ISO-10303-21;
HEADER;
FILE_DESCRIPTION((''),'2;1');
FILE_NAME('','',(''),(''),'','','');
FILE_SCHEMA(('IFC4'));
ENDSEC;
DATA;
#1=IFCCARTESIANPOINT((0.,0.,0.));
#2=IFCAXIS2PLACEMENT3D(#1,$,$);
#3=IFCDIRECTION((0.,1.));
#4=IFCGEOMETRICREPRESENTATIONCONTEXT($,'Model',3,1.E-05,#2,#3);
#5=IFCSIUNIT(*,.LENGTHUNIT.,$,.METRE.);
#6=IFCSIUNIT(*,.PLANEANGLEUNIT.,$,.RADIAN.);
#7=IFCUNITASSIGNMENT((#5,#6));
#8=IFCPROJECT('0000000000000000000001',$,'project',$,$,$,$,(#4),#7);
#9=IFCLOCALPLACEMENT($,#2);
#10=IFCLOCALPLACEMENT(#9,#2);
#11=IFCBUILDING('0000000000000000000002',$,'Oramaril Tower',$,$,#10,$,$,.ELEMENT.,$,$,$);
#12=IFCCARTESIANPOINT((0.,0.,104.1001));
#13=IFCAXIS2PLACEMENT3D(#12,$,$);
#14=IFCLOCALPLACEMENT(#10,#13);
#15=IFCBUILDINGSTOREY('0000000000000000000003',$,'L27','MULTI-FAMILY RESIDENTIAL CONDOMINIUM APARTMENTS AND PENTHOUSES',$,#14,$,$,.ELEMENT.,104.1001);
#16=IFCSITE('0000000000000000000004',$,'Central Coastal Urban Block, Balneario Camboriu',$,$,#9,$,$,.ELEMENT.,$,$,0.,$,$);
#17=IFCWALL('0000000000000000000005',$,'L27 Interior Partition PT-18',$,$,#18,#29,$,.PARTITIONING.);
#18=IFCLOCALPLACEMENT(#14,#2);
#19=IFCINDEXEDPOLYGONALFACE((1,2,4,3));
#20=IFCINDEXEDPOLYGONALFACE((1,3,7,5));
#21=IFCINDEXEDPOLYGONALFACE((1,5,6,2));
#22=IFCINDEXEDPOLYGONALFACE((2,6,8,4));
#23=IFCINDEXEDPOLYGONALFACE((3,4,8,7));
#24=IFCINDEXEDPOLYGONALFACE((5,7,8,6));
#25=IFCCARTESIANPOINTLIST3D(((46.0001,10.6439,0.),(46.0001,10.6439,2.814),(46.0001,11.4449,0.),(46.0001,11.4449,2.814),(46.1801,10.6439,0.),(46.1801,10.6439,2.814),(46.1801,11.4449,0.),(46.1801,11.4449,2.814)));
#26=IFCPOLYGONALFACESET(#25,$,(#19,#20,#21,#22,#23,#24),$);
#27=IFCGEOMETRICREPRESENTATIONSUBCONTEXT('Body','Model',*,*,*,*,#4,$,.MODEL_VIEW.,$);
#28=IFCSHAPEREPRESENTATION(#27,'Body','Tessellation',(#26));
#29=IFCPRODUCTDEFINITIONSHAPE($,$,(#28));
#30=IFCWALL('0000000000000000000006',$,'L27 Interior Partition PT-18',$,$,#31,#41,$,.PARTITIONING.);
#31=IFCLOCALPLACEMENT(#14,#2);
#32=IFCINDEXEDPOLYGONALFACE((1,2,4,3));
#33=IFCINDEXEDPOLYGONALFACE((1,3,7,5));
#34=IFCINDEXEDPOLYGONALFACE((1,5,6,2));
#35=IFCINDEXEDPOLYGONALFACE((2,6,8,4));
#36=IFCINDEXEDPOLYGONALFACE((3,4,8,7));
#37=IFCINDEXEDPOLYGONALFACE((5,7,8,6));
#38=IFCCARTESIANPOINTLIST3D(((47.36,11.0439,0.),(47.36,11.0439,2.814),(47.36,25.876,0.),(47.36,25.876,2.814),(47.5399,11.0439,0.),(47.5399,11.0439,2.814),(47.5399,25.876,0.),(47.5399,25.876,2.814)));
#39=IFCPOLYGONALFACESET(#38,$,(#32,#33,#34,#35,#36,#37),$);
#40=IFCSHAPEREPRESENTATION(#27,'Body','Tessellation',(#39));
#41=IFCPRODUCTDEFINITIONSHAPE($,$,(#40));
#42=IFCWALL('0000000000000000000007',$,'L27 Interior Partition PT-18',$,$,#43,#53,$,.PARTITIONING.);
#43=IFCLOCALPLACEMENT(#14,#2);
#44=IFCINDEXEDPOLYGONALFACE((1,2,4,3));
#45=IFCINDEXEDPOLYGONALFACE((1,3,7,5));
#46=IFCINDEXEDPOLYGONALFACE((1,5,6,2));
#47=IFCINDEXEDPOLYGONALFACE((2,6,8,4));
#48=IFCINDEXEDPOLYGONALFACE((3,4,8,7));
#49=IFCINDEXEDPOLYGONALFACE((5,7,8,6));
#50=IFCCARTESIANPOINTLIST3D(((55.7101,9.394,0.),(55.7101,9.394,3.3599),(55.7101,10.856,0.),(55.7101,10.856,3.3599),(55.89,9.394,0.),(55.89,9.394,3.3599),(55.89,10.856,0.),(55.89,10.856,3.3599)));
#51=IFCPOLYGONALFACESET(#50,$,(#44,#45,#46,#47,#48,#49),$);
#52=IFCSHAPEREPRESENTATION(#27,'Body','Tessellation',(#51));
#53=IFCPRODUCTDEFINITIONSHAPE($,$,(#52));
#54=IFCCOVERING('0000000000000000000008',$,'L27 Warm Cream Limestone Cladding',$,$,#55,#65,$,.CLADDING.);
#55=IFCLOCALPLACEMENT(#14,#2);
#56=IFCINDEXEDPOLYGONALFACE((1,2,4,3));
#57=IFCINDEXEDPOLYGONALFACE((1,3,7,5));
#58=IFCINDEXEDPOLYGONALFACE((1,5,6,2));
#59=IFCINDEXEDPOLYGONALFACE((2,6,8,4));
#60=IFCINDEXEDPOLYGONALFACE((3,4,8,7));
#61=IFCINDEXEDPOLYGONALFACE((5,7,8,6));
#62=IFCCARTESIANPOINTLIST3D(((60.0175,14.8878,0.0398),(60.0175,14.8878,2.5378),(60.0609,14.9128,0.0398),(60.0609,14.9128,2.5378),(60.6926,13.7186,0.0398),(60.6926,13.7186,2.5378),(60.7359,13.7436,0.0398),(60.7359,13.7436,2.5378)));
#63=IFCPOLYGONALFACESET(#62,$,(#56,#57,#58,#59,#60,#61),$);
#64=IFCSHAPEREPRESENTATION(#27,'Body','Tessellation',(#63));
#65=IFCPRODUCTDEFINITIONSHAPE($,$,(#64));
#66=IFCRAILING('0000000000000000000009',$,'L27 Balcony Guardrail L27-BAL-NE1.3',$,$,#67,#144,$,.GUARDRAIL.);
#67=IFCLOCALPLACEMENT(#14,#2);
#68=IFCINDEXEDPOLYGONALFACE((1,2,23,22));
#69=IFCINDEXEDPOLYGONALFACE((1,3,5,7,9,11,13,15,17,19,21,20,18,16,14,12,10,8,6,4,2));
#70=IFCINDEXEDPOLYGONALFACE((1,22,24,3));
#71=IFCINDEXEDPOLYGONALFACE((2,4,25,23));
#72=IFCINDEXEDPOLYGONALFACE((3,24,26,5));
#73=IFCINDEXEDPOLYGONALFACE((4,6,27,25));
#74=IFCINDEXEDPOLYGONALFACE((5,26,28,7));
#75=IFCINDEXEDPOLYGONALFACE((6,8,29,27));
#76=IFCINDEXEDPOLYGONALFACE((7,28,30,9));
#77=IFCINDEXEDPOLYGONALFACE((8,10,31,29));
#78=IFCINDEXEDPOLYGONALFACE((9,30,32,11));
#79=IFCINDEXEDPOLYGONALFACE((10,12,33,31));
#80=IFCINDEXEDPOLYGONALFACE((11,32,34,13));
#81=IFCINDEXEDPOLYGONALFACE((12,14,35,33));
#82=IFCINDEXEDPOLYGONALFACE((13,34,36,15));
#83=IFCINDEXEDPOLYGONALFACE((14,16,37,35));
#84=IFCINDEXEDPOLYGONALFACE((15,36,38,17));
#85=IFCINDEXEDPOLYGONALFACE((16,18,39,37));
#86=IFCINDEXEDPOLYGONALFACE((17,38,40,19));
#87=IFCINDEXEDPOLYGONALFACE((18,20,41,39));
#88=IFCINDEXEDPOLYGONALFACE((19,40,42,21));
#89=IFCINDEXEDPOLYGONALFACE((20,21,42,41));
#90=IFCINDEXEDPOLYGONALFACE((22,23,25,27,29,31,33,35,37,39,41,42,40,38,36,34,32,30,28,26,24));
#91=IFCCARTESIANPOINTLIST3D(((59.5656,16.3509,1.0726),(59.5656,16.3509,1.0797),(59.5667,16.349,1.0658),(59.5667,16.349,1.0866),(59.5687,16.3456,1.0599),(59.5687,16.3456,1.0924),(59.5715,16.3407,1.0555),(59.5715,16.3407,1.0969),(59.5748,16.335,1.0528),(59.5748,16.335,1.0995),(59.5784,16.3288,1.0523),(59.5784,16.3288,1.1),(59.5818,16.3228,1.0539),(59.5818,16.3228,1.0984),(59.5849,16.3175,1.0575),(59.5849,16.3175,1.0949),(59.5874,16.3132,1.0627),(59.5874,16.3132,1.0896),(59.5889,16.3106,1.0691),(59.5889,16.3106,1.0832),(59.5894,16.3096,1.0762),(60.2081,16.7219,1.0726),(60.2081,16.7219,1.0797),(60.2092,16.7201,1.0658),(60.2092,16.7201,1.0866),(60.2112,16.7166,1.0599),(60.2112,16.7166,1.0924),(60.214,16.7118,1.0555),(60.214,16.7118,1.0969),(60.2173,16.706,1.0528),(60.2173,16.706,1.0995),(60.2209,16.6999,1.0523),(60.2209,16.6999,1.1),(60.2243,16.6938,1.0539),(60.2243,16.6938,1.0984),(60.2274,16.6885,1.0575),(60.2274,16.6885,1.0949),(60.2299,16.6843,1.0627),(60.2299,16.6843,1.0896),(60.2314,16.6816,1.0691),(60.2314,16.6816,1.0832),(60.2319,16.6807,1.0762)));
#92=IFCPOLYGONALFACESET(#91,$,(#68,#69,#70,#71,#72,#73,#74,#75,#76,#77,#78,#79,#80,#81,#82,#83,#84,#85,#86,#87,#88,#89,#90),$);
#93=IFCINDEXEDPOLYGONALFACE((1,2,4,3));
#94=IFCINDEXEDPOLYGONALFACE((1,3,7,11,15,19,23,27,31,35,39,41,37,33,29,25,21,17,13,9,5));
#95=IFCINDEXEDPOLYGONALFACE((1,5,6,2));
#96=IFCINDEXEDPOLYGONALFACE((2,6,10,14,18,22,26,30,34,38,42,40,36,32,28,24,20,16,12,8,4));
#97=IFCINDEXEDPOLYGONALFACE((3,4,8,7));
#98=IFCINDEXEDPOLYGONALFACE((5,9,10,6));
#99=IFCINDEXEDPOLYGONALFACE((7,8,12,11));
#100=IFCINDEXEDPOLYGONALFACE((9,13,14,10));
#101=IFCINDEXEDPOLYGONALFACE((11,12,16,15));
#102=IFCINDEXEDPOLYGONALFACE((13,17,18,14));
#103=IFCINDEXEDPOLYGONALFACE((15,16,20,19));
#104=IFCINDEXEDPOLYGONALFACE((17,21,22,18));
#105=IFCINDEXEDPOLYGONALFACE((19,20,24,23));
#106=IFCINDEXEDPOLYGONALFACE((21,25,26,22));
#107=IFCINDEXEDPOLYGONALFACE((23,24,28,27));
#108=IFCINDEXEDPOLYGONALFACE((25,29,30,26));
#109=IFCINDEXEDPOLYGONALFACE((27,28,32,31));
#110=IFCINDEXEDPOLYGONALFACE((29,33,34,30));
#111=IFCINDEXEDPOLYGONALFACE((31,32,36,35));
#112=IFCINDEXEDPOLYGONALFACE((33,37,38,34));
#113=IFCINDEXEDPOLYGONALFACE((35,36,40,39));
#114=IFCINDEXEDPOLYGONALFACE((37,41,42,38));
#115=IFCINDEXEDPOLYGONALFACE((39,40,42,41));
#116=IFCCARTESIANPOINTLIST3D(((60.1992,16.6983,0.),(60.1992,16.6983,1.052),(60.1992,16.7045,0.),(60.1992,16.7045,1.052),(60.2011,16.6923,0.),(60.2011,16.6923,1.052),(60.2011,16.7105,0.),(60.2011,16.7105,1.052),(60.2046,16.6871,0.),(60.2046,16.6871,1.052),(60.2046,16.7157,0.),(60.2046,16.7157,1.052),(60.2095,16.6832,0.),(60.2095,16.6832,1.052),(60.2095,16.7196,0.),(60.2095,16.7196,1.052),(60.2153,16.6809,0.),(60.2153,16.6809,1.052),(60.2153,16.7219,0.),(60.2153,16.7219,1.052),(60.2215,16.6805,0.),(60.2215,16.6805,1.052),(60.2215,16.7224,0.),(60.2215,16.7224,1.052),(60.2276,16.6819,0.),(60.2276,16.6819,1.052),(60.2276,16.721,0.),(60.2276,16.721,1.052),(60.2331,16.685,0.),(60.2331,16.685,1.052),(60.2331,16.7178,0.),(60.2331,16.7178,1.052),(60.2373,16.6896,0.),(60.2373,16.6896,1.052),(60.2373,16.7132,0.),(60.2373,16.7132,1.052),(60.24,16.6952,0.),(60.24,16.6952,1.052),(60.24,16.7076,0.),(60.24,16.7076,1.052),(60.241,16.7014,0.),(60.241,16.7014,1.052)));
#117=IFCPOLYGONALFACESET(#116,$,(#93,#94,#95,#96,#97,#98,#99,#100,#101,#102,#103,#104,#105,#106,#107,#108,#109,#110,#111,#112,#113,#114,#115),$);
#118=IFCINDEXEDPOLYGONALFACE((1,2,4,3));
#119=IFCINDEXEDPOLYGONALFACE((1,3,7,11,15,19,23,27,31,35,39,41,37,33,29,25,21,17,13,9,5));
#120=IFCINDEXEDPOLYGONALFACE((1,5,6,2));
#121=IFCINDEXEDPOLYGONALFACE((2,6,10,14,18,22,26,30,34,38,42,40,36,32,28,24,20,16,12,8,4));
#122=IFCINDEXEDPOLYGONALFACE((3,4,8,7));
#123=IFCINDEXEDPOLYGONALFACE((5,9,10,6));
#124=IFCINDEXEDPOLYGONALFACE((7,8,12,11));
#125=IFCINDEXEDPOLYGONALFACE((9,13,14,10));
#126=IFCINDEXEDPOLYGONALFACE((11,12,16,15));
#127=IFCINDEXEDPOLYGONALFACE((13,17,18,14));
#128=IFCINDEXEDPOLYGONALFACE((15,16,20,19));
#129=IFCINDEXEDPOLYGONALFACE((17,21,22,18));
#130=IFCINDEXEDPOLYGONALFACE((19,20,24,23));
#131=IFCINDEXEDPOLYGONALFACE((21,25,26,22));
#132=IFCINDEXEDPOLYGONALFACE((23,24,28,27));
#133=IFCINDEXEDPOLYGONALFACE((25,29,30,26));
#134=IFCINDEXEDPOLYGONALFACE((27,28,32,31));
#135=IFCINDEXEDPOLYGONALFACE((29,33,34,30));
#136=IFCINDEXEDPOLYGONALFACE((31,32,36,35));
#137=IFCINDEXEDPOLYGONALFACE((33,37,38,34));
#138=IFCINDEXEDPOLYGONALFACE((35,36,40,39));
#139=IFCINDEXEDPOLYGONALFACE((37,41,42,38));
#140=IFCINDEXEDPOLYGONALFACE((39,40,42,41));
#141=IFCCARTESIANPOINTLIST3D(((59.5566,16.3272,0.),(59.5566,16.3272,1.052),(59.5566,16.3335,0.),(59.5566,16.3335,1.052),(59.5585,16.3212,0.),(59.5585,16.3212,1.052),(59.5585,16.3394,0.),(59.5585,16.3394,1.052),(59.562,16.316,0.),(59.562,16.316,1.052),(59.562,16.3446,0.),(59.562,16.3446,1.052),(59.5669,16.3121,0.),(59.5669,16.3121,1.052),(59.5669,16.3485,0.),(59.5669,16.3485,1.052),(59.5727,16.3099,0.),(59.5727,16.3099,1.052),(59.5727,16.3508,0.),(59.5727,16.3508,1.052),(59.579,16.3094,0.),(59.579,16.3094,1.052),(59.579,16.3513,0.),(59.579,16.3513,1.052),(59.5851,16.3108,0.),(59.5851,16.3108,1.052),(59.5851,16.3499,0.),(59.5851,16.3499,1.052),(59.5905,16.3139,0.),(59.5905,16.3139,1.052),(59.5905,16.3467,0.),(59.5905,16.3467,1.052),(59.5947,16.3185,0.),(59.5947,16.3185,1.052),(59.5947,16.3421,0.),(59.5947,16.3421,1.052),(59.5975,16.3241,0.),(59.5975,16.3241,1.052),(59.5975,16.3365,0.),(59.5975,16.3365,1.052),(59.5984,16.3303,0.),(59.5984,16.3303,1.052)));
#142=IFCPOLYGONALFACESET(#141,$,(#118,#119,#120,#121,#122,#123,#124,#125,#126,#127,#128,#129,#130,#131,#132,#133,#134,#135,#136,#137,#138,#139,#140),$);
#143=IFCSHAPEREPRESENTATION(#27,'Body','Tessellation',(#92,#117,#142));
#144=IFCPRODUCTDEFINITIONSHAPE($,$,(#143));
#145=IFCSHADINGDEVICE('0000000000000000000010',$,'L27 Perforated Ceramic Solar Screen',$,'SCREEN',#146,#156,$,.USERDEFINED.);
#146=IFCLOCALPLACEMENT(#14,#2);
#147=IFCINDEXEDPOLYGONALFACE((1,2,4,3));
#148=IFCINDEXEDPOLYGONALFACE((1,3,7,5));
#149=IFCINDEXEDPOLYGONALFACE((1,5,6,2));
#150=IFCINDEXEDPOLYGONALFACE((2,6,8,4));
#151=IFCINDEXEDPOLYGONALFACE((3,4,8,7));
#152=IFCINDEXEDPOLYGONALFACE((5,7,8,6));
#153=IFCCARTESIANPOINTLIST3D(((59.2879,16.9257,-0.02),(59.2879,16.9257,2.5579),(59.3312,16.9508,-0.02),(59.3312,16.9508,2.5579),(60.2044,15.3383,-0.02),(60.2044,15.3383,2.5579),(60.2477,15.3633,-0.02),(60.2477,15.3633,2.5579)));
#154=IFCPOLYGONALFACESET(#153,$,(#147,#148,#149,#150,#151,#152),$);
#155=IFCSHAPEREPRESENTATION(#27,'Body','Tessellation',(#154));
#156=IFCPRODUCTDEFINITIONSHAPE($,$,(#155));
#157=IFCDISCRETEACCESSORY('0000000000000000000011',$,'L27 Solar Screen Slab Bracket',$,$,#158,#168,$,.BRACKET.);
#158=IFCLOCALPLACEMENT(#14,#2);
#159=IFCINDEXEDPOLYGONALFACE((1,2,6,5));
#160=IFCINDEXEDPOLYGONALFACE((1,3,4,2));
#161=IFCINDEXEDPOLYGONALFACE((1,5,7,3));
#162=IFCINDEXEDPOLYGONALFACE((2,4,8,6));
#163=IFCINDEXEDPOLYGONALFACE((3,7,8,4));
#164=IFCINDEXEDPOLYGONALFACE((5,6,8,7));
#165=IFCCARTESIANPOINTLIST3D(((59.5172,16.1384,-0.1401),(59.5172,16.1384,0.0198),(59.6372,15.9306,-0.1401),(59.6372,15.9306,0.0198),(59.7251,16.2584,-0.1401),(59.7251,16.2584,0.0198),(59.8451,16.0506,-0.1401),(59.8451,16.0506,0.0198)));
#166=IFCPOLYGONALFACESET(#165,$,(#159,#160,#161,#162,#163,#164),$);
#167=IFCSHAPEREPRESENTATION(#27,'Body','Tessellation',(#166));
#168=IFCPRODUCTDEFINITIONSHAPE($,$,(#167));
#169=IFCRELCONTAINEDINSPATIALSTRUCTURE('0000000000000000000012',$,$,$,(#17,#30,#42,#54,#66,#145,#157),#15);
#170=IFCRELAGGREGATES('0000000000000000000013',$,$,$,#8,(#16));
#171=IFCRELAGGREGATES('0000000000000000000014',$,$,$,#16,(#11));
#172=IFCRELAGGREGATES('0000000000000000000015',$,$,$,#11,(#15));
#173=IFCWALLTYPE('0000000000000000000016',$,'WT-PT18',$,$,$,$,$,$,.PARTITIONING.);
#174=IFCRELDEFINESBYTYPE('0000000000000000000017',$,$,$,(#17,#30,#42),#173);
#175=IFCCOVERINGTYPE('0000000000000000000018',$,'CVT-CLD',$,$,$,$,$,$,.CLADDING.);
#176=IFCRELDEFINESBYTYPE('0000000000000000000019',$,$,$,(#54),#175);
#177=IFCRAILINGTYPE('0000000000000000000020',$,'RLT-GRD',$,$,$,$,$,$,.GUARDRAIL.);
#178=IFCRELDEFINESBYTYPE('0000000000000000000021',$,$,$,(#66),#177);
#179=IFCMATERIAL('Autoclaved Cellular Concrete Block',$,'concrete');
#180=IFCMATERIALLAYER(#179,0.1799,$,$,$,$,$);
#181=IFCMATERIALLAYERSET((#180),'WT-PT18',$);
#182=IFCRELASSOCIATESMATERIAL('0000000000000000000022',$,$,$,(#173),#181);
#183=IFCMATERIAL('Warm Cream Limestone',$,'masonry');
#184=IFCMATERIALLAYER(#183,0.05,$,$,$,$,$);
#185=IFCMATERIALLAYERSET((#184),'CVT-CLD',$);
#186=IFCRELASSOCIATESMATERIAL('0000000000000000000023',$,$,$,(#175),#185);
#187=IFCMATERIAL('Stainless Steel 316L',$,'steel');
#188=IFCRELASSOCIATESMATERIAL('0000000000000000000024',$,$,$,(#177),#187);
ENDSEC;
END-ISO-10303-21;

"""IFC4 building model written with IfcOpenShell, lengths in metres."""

from ifc_helpers import new_model, si_unit, direction, frame, frame_2d, origin, origin_2d, place, context, subcontext, project, spatial, rectangle, circle, extrude, material, layer, layer_set, type_object, element, save


model = new_model("IFC4")

# Units and contexts
model_context = context("Model", 3, precision=1e-05, world=origin(), true_north=direction((0.0, 1.0)))
body_context = subcontext(model_context, "Body", "Model", "MODEL_VIEW")
ifc_project = project(units=[si_unit("LENGTHUNIT", "METRE"), si_unit("PLANEANGLEUNIT", "RADIAN")], contexts=[model_context])

# Site, building, storey
site_placement = place(None, origin())
site = spatial("IfcSite", under=ifc_project, at=site_placement, Name="Central Coastal Urban Block, Balneario Camboriu", CompositionType="ELEMENT", RefElevation=0.0)
building_placement = place(site_placement, origin())
building = spatial("IfcBuilding", under=site, at=building_placement, Name="Oramaril Tower", CompositionType="ELEMENT")
storey_placement = place(building_placement, frame((0.0, 0.0, 104.1001)))
storey = spatial("IfcBuildingStorey", under=building, at=storey_placement, Name="L27", Description="MULTI-FAMILY RESIDENTIAL CONDOMINIUM APARTMENTS AND PENTHOUSES", CompositionType="ELEMENT", Elevation=104.1001)

# Shared definitions
ifc_material_1 = material(Name="Autoclaved Cellular Concrete Block", Category="concrete")
ifc_layer_1 = layer(ifc_material_1, 0.1799)
ifc_layer_set_1 = layer_set([ifc_layer_1], Name="WT-PT18")
wall_type_1 = type_object("IfcWallType", Name="WT-PT18", PredefinedType="PARTITIONING", material=ifc_layer_set_1)

# Walls
wall_1_placement = place(storey_placement, frame((46.0901, 10.644, 0.0), z_axis=(0.0, 0.0, 1.0), x_axis=(0.0, 1.0, 0.0)))
element("IfcWall", 1, at=wall_1_placement, inside=storey, type_object=wall_type_1, Name="L27 Interior Partition PT-18", PredefinedType="PARTITIONING", context=body_context, shape_type="SweptSolid", body=[
    extrude(rectangle(XDim=0.801, YDim=0.1799, at=frame_2d((0.4004, 0.0))), origin(), (0.0, 0.0, 1.0), 2.814),
])
wall_2_placement = place(storey_placement, frame((47.45, 11.0439, 0.0), z_axis=(0.0, 0.0, 1.0), x_axis=(0.0, 1.0, 0.0)))
element("IfcWall", 2, at=wall_2_placement, inside=storey, type_object=wall_type_1, Name="L27 Interior Partition PT-18", PredefinedType="PARTITIONING", context=body_context, shape_type="SweptSolid", body=[
    extrude(rectangle(XDim=14.832, YDim=0.1799, at=frame_2d((7.416, 0.0))), origin(), (0.0, 0.0, 1.0), 2.814),
])
wall_3_placement = place(storey_placement, frame((55.8, 9.394, 0.0), z_axis=(0.0, 0.0, 1.0), x_axis=(0.0, 1.0, 0.0)))
element("IfcWall", 3, at=wall_3_placement, inside=storey, type_object=wall_type_1, Name="L27 Interior Partition PT-18", PredefinedType="PARTITIONING", context=body_context, shape_type="SweptSolid", body=[
    extrude(rectangle(XDim=1.4619, YDim=0.1799, at=frame_2d((0.731, 0.0))), origin(), (0.0, 0.0, 1.0), 3.3599),
])

# Covering
ifc_material_2 = material(Name="Warm Cream Limestone", Category="masonry")
ifc_layer_2 = layer(ifc_material_2, 0.05)
ifc_layer_set_2 = layer_set([ifc_layer_2], Name="CVT-CLD")
covering_type = type_object("IfcCoveringType", Name="CVT-CLD", PredefinedType="CLADDING", material=ifc_layer_set_2)
covering_placement = place(storey_placement, frame((60.3767, 14.3157, 0.0398), z_axis=(0.0, 0.0, 1.0), x_axis=(-0.5, 0.866025, 0.0)))
element("IfcCovering", 4, at=covering_placement, inside=storey, type_object=covering_type, Name="L27 Warm Cream Limestone Cladding", PredefinedType="CLADDING", context=body_context, shape_type="SweptSolid", body=[
    extrude(rectangle(XDim=1.3501, YDim=0.05, at=origin_2d()), origin(), (0.0, 0.0, 1.0), 2.498),
])

# Railing
ifc_material_3 = material(Name="Stainless Steel 316L", Category="steel")
railing_type = type_object("IfcRailingType", Name="RLT-GRD", PredefinedType="GUARDRAIL", material=ifc_material_3)
railing_placement = place(storey_placement, frame((60.22, 16.7014, 0.0)))
element("IfcRailing", 5, at=railing_placement, inside=storey, type_object=railing_type, Name="L27 Balcony Guardrail L27-BAL-NE1.3", PredefinedType="GUARDRAIL", context=body_context, shape_type="SweptSolid", body=[
    extrude(circle(Radius=0.0239, at=origin_2d()), frame((0.0, 0.0, 1.0762), z_axis=(-0.865966, -0.500102, 0.0), x_axis=(0.500102, -0.865966, 0.0)), (0.0, 0.0, 1.0), 0.7419),
    extrude(circle(Radius=0.021, at=origin_2d()), origin(), (0.0, 0.0, 1.0), 1.052),
    extrude(circle(Radius=0.021, at=origin_2d()), frame((-0.6426, -0.3711, 0.0)), (0.0, 0.0, 1.0), 1.052),
])

# Shading device
shading_device_placement = place(storey_placement, frame((59.7678, 16.1445, -0.02), z_axis=(0.0, 0.0, 1.0), x_axis=(-0.5, 0.866025, 0.0)))
element("IfcShadingDevice", 6, at=shading_device_placement, inside=storey, Name="L27 Perforated Ceramic Solar Screen", ObjectType="SCREEN", PredefinedType="USERDEFINED", context=body_context, shape_type="SweptSolid", body=[
    extrude(rectangle(XDim=1.833, YDim=0.05, at=origin_2d()), origin(), (0.0, 0.0, 1.0), 2.5779),
])

# Discrete accessory
discrete_accessory_placement = place(storey_placement, frame((59.6812, 16.0945, -0.1401), z_axis=(0.0, 0.0, 1.0), x_axis=(-0.5, 0.866025, 0.0)))
element("IfcDiscreteAccessory", 7, at=discrete_accessory_placement, inside=storey, Name="L27 Solar Screen Slab Bracket", PredefinedType="BRACKET", context=body_context, shape_type="SweptSolid", body=[
    extrude(rectangle(XDim=0.24, YDim=0.24, at=origin_2d()), origin(), (0.0, 0.0, 1.0), 0.1599),
])

save(model, "model.ifc")
